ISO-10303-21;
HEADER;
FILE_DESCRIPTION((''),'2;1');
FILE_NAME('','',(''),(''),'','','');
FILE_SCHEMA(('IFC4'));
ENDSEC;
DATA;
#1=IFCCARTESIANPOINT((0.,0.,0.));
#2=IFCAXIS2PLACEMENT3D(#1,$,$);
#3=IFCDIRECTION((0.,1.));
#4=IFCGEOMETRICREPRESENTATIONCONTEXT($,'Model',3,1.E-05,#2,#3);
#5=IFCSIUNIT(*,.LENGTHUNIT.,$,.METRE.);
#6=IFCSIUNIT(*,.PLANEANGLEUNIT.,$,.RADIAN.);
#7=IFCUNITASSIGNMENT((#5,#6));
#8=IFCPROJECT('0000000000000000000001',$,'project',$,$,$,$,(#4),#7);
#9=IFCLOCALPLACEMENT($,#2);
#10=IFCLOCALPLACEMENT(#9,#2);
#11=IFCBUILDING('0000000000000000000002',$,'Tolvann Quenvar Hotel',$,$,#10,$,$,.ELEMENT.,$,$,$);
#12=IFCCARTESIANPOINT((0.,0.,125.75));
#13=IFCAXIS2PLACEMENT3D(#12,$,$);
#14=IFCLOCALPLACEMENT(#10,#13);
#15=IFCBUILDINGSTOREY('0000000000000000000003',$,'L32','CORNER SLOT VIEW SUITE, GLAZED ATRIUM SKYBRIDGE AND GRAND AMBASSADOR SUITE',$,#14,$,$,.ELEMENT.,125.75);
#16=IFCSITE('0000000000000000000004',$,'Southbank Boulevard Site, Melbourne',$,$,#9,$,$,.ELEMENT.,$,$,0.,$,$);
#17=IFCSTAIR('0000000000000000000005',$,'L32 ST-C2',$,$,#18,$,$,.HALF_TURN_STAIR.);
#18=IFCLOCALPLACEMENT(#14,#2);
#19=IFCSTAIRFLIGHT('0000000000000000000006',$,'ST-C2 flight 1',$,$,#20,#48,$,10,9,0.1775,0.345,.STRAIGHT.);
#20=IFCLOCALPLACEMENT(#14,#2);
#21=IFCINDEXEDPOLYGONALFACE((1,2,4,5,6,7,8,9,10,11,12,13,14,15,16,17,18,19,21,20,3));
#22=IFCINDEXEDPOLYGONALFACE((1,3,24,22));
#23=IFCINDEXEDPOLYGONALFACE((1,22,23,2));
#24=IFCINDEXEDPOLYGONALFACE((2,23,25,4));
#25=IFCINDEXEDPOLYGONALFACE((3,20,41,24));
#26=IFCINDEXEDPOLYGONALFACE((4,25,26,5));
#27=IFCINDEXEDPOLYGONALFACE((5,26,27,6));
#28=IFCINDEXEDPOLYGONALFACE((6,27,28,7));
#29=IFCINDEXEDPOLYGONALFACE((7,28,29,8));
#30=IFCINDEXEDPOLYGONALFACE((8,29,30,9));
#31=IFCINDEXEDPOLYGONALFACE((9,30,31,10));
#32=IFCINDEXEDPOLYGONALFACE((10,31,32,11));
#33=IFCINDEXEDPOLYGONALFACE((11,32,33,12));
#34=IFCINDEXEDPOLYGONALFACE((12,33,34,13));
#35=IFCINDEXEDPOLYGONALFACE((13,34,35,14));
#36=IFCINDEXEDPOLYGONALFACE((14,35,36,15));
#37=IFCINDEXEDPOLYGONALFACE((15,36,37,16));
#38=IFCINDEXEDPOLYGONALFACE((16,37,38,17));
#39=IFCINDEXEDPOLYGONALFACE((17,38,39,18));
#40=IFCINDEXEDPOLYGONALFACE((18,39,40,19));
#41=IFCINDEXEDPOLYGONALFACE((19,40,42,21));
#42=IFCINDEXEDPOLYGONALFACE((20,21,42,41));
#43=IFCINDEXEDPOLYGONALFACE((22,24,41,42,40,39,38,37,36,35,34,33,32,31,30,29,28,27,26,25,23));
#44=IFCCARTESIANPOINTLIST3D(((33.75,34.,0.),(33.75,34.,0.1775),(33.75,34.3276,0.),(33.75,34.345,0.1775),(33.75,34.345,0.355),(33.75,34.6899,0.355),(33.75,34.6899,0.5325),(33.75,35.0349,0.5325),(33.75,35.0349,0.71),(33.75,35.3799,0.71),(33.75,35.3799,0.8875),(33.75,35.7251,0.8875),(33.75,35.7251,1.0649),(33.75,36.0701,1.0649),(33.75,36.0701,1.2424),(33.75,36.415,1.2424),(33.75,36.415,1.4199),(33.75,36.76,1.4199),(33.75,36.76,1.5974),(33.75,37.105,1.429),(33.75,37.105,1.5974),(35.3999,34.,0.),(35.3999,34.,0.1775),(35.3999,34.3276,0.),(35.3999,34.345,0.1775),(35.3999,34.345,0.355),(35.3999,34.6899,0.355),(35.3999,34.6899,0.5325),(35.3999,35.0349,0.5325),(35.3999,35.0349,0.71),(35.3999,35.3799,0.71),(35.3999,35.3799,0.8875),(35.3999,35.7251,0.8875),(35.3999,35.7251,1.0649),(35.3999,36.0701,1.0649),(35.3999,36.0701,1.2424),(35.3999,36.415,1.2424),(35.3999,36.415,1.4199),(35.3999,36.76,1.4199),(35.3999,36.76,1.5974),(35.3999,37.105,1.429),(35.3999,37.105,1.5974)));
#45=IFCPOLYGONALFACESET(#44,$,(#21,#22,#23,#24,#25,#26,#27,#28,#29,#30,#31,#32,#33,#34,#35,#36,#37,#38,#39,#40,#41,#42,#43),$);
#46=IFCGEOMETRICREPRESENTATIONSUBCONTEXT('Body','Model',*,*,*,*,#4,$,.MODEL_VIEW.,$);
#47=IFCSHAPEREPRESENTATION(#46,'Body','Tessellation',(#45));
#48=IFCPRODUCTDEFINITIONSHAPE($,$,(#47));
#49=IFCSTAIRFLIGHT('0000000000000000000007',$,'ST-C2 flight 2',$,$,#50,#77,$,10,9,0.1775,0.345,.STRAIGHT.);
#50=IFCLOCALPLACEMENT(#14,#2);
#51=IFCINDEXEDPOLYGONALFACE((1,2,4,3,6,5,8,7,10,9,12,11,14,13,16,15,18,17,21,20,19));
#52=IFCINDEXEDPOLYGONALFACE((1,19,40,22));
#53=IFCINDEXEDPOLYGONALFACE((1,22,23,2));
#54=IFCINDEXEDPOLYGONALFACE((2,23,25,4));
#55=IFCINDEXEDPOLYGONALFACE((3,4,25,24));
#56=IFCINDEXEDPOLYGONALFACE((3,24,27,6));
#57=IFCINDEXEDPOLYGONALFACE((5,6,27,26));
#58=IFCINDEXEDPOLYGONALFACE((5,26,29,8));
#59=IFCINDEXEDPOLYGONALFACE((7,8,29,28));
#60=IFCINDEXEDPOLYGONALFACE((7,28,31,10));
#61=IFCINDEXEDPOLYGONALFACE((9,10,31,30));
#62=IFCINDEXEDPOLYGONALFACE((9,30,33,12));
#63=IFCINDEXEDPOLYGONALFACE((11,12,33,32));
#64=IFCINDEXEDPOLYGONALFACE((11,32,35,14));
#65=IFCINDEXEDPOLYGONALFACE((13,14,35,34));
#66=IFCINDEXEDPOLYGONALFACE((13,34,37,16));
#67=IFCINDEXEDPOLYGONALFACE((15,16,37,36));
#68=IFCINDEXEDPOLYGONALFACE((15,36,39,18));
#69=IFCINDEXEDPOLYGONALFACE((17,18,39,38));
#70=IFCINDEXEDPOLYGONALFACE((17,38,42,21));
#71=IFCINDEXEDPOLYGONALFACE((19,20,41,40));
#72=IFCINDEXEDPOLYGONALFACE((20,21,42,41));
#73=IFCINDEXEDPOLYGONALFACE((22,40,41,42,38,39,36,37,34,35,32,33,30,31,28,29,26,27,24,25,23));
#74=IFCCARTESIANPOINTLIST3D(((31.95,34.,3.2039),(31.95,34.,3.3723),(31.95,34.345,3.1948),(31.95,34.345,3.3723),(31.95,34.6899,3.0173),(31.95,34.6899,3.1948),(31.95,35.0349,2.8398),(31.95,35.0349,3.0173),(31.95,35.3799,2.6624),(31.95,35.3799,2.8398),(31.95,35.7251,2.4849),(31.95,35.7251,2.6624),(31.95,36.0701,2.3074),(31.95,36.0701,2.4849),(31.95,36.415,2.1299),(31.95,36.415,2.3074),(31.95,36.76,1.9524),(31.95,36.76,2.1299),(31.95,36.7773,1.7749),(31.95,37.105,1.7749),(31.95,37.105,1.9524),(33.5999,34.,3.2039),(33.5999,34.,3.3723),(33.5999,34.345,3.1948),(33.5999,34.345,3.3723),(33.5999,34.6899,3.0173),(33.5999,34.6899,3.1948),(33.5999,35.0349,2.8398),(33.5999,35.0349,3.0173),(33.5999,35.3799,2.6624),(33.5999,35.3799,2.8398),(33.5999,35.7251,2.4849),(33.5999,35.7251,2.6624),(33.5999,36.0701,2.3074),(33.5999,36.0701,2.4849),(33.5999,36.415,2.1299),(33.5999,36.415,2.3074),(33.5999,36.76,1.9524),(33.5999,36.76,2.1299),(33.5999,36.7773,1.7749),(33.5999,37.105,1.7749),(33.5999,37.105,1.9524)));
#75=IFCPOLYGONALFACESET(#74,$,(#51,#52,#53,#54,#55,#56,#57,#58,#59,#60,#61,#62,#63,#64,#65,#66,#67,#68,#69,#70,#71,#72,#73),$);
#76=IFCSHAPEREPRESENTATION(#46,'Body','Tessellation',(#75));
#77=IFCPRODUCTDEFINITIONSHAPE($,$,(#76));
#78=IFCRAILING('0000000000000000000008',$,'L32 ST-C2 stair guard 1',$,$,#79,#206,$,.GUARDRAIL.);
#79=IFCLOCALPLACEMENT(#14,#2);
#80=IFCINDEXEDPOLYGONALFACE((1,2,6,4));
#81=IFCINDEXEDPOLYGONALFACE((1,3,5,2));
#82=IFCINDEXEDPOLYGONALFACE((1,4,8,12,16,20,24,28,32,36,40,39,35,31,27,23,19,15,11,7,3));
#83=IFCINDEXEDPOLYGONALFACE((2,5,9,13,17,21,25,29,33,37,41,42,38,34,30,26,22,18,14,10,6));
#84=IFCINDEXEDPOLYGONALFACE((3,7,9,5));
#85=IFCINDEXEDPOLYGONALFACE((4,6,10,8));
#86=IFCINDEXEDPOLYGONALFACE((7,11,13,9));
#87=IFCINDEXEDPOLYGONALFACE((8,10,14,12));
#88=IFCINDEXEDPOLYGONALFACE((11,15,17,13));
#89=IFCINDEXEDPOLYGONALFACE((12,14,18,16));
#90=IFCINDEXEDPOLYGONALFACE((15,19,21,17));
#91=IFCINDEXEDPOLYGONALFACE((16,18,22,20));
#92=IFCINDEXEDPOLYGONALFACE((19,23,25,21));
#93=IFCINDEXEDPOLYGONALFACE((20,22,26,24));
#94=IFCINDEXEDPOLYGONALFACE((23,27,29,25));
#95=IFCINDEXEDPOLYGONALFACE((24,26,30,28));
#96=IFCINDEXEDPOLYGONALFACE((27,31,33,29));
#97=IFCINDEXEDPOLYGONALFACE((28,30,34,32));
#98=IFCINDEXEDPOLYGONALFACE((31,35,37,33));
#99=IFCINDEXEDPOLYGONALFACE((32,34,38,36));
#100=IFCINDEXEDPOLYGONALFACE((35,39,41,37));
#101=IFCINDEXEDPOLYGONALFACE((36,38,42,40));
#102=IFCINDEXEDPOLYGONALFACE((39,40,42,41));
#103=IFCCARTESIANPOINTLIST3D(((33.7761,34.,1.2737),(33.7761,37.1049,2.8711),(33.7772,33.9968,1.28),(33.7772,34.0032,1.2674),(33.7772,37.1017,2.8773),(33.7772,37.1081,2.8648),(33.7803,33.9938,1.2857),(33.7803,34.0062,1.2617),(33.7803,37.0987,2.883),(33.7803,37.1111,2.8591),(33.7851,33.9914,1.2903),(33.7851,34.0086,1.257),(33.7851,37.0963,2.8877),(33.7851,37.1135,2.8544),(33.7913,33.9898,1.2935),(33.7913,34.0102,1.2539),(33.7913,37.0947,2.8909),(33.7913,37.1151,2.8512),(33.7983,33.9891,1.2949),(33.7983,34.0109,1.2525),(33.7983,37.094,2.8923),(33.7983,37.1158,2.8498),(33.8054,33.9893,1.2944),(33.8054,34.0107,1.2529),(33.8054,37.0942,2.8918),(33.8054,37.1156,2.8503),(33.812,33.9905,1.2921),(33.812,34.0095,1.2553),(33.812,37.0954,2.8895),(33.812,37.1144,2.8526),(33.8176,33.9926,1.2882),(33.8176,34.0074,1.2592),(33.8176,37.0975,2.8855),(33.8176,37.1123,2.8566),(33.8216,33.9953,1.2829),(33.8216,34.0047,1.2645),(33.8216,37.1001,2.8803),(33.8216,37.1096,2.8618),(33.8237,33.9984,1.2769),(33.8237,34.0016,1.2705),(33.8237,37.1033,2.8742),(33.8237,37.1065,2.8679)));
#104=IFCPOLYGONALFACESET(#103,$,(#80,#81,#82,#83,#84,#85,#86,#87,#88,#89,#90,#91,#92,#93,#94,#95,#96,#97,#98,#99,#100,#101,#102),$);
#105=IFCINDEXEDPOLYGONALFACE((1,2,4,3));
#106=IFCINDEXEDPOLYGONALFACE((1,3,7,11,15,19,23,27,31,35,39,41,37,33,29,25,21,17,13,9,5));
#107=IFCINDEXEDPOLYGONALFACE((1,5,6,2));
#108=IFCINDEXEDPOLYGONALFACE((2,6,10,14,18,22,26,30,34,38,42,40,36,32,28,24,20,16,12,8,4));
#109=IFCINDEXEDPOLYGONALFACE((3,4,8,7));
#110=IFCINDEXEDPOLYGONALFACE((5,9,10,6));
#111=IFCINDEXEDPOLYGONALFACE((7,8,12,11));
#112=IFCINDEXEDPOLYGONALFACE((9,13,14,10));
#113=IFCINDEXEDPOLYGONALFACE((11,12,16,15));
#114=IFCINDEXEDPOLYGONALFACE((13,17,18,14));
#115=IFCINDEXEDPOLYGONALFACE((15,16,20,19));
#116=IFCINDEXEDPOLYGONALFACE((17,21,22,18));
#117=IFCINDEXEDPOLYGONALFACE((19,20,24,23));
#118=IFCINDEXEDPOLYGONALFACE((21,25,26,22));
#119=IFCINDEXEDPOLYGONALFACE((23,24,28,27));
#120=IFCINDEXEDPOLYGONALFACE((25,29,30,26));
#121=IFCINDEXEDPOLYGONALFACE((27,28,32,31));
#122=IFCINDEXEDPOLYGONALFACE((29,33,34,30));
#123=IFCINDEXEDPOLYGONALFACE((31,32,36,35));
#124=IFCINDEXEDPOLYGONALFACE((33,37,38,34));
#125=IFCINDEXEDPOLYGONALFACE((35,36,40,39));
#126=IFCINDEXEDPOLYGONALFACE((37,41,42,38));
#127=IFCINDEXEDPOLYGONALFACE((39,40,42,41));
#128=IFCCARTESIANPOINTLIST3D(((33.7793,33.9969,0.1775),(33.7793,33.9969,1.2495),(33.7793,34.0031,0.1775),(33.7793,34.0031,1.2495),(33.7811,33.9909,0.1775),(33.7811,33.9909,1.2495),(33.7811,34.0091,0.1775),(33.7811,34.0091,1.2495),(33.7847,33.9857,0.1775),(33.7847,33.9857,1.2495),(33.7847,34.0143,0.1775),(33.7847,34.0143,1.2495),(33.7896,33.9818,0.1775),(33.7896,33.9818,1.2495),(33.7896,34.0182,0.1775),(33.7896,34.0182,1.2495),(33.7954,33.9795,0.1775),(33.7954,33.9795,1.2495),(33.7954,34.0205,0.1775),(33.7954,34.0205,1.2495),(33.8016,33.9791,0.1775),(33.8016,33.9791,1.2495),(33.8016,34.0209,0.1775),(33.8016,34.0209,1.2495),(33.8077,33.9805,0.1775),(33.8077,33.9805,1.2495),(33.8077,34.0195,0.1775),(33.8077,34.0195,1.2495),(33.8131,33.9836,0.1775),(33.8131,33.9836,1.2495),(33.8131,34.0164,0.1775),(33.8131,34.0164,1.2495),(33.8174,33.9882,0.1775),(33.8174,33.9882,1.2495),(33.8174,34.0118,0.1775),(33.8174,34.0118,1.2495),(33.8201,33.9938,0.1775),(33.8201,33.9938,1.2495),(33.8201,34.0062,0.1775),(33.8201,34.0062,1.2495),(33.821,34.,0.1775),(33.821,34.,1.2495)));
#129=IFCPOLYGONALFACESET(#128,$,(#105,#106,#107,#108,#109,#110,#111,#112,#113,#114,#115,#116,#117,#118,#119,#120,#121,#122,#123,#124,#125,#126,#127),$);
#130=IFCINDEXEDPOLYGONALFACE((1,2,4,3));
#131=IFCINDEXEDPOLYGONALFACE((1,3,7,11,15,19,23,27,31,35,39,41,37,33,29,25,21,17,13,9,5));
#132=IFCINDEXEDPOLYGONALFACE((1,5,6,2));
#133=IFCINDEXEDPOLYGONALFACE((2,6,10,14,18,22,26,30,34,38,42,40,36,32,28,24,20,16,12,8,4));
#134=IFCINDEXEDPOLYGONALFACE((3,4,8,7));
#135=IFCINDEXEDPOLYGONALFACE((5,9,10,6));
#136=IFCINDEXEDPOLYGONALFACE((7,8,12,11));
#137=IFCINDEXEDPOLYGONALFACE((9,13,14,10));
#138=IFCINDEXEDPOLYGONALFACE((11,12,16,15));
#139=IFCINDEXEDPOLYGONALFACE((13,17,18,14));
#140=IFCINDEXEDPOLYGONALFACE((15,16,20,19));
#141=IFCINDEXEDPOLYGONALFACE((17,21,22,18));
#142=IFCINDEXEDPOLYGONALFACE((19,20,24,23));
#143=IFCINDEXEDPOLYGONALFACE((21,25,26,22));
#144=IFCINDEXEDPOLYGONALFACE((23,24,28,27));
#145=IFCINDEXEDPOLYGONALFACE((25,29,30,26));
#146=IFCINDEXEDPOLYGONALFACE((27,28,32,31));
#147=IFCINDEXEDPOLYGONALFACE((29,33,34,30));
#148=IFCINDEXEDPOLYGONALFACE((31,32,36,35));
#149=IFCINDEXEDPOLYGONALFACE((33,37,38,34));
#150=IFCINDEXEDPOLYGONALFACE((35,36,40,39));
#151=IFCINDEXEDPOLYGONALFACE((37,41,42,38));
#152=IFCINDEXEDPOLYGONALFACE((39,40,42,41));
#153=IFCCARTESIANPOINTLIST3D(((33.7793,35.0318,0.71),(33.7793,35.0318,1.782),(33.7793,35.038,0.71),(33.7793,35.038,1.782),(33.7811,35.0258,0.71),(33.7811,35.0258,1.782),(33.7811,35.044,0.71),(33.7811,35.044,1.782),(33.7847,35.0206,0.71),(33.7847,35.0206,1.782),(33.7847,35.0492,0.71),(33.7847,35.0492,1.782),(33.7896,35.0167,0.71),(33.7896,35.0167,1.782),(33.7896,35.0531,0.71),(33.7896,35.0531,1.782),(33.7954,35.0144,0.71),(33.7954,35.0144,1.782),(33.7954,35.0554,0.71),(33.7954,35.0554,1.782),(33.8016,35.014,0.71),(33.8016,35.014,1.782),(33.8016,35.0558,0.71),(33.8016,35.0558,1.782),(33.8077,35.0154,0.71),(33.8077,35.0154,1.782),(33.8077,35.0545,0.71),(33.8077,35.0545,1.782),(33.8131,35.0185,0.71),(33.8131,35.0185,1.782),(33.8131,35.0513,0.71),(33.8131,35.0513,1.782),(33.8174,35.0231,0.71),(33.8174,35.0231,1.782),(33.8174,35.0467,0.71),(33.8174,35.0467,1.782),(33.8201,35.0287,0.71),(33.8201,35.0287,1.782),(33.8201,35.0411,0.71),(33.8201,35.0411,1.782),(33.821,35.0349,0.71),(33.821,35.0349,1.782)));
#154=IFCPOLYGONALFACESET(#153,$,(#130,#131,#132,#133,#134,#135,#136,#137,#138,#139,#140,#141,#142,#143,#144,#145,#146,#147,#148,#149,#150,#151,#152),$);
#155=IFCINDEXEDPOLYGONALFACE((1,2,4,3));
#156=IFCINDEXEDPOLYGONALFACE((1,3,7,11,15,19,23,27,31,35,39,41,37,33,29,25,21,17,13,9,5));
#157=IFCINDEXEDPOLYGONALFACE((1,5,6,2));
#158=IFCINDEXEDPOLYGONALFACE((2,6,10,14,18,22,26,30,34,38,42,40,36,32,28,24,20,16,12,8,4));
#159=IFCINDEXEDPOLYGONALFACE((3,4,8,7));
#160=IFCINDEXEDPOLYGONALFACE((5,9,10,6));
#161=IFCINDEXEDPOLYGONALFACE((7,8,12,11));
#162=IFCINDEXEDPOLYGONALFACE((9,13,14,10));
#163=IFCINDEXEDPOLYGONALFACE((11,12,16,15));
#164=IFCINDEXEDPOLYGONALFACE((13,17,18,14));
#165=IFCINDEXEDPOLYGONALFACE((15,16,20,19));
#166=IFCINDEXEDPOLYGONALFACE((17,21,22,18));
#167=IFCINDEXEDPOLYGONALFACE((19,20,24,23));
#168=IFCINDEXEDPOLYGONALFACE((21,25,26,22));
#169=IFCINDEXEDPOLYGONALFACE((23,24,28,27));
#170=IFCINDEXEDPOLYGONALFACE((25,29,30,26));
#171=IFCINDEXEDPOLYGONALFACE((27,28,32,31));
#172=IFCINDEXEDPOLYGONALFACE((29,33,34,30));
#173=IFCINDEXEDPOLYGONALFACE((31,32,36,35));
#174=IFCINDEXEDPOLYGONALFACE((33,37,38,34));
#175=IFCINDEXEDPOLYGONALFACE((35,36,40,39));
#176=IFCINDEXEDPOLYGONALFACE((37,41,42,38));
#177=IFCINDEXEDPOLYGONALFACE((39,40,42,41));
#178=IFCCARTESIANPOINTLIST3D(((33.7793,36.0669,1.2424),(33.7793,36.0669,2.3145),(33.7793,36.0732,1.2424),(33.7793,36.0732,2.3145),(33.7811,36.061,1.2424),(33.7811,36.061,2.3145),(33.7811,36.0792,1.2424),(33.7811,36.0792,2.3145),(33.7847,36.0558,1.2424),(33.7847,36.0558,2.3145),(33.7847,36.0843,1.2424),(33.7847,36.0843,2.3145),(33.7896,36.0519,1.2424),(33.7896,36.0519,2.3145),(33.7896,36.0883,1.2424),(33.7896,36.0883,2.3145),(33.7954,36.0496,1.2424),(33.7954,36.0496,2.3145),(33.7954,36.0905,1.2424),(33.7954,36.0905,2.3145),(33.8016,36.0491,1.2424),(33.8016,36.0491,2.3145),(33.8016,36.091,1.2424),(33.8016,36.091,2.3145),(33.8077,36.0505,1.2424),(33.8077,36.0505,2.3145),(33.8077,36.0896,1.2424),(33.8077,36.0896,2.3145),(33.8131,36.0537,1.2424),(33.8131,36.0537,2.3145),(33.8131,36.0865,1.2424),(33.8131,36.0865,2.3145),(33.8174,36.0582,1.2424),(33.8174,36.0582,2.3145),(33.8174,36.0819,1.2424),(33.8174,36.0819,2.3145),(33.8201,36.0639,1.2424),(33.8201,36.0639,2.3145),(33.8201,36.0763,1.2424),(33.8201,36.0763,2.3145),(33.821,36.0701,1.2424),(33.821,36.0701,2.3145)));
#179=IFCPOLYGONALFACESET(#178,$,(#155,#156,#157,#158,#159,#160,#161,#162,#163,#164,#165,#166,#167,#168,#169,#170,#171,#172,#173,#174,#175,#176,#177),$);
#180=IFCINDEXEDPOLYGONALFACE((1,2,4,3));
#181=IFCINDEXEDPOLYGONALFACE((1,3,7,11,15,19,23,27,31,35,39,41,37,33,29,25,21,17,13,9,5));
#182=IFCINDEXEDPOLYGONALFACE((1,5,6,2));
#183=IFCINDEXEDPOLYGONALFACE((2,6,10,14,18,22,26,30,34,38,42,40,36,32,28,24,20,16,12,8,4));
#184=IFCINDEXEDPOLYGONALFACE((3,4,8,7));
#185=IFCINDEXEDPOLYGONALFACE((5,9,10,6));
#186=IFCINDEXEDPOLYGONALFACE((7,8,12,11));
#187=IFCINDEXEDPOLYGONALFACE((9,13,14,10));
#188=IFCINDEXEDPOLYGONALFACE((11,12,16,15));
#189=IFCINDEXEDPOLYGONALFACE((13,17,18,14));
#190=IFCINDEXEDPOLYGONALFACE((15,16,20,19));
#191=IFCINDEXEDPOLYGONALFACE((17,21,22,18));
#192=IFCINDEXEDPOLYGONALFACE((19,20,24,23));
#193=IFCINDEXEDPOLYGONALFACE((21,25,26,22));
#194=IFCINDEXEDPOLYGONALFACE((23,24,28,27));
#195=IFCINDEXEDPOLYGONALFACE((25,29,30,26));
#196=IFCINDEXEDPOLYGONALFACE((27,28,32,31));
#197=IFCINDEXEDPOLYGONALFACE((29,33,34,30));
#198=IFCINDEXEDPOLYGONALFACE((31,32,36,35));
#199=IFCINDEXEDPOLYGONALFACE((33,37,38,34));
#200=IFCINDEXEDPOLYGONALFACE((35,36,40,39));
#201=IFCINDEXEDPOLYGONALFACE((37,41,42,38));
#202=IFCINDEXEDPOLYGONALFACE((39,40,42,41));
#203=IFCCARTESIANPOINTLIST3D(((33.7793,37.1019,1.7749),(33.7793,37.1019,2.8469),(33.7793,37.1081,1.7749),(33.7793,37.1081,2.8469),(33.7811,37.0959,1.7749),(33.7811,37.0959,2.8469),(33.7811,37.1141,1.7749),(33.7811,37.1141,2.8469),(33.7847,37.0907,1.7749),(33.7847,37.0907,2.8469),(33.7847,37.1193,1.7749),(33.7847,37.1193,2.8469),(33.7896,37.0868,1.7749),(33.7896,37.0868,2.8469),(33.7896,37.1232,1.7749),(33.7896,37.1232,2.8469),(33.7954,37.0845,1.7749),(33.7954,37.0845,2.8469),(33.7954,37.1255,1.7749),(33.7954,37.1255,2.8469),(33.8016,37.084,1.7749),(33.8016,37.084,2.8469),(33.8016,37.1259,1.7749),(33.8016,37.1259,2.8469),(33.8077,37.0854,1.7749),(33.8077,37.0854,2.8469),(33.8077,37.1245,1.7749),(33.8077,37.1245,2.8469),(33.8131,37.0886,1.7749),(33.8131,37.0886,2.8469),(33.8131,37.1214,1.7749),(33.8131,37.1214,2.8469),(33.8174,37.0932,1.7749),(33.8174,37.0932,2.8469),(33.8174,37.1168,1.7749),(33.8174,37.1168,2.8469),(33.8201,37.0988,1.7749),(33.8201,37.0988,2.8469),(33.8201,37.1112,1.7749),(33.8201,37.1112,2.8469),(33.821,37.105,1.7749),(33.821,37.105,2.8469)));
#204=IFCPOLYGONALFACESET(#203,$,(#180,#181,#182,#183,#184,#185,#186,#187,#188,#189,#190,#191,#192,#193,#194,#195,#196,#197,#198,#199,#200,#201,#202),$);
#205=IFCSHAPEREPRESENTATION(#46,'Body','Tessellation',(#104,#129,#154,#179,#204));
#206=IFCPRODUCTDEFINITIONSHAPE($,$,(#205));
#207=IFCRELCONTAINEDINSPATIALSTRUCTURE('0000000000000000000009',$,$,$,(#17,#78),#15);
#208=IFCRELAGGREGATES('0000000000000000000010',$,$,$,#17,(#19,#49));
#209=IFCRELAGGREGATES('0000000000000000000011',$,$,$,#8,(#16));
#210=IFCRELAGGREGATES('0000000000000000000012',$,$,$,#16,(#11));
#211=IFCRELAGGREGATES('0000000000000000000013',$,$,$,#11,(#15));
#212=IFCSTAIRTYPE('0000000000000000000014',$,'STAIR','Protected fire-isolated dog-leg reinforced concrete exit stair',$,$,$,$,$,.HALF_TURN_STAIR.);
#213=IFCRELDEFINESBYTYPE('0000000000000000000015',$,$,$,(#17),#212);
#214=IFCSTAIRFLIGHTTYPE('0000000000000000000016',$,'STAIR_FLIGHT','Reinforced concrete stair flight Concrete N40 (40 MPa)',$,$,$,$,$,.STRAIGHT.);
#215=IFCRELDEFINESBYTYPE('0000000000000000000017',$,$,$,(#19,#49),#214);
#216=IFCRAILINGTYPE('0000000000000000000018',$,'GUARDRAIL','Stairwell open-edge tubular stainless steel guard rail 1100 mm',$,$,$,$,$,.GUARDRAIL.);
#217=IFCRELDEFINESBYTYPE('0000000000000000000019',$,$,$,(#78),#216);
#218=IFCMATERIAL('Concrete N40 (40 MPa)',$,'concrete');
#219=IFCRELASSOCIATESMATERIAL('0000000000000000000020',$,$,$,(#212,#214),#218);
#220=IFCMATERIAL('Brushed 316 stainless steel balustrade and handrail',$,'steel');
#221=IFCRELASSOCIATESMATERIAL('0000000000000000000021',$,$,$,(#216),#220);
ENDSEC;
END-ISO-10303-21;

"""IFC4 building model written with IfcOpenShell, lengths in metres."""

from ifc_helpers import new_model, si_unit, direction, frame, origin, origin_2d, place, context, subcontext, project, spatial, polyline, circle, outline, extrude, material, type_object, element, aggregate, save


model = new_model("IFC4")

# Units and contexts
model_context = context("Model", 3, precision=1e-05, world=origin(), true_north=direction((0.0, 1.0)))
body_context = subcontext(model_context, "Body", "Model", "MODEL_VIEW")
ifc_project = project(units=[si_unit("LENGTHUNIT", "METRE"), si_unit("PLANEANGLEUNIT", "RADIAN")], contexts=[model_context])

# Site, building, storey
site_placement = place(None, origin())
site = spatial("IfcSite", under=ifc_project, at=site_placement, Name="Southbank Boulevard Site, Melbourne", CompositionType="ELEMENT", RefElevation=0.0)
building_placement = place(site_placement, origin())
building = spatial("IfcBuilding", under=site, at=building_placement, Name="Tolvann Quenvar Hotel", CompositionType="ELEMENT")
storey_placement = place(building_placement, frame((0.0, 0.0, 125.75)))
storey = spatial("IfcBuildingStorey", under=building, at=storey_placement, Name="L32", Description="CORNER SLOT VIEW SUITE, GLAZED ATRIUM SKYBRIDGE AND GRAND AMBASSADOR SUITE", CompositionType="ELEMENT", Elevation=125.75)

# Shared definitions
ifc_material_1 = material(Name="Concrete N40 (40 MPa)", Category="concrete")

# Stair, stair flights
stair_type = type_object("IfcStairType", Name="STAIR", Description="Protected fire-isolated dog-leg reinforced concrete exit stair", PredefinedType="HALF_TURN_STAIR", material=ifc_material_1)
stair_placement = place(storey_placement, origin())
stair = element("IfcStair", 1, at=stair_placement, inside=storey, type_object=stair_type, Name="L32 ST-C2", PredefinedType="HALF_TURN_STAIR")
stair_flight_type = type_object("IfcStairFlightType", Name="STAIR_FLIGHT", Description="Reinforced concrete stair flight Concrete N40 (40 MPa)", PredefinedType="STRAIGHT", material=ifc_material_1)
stair_flight_1_placement = place(storey_placement, frame((34.575, 34.0, 0.0), z_axis=(0.0, 0.0, 1.0), x_axis=(0.0, 1.0, 0.0)))
stair_flight_1 = element("IfcStairFlight", 2, at=stair_flight_1_placement, type_object=stair_flight_type, Name="ST-C2 flight 1", NumberOfRisers=10, NumberOfTreads=9, PredefinedType="STRAIGHT", RiserHeight=0.1775, TreadLength=0.345, context=body_context, shape_type="SweptSolid", body=[
    extrude(outline(polyline([(0.0, 0.0), (0.0, 0.1775), (0.345, 0.1775), (0.345, 0.355), (0.6899, 0.355), (0.6899, 0.5325), (1.0349, 0.5325), (1.0349, 0.71), (1.3799, 0.71), (1.3799, 0.8875), (1.7251, 0.8875), (1.7251, 1.0649), (2.0701, 1.0649), (2.0701, 1.2424), (2.415, 1.2424), (2.415, 1.4199), (2.76, 1.4199), (2.76, 1.5974), (3.105, 1.5974), (3.105, 1.7749), (3.105, 1.429), (0.3276, 0.0), (0.0, 0.0)])), frame((0.0, 0.825, 0.0), z_axis=(0.0, -1.0, 0.0), x_axis=(1.0, 0.0, 0.0)), (0.0, 0.0, 1.0), 1.6499),
])
stair_flight_2_placement = place(storey_placement, frame((32.7749, 37.105, 1.7749), z_axis=(0.0, 0.0, 1.0), x_axis=(0.0, -1.0, 0.0)))
stair_flight_2 = element("IfcStairFlight", 3, at=stair_flight_2_placement, type_object=stair_flight_type, Name="ST-C2 flight 2", NumberOfRisers=10, NumberOfTreads=9, PredefinedType="STRAIGHT", RiserHeight=0.1775, TreadLength=0.345, context=body_context, shape_type="SweptSolid", body=[
    extrude(outline(polyline([(0.0, 0.0), (0.0, 0.1775), (0.345, 0.1775), (0.345, 0.355), (0.6899, 0.355), (0.6899, 0.5325), (1.0349, 0.5325), (1.0349, 0.71), (1.3799, 0.71), (1.3799, 0.8875), (1.7251, 0.8875), (1.7251, 1.0649), (2.0701, 1.0649), (2.0701, 1.2424), (2.415, 1.2424), (2.415, 1.4199), (2.76, 1.4199), (2.76, 1.5974), (3.105, 1.5974), (3.105, 1.7749), (3.105, 1.429), (0.3276, 0.0), (0.0, 0.0)])), frame((0.0, 0.825, 0.0), z_axis=(0.0, -1.0, 0.0), x_axis=(1.0, 0.0, 0.0)), (0.0, 0.0, 1.0), 1.6499),
])
aggregate(stair, [stair_flight_1, stair_flight_2])

# Railing
ifc_material_2 = material(Name="Brushed 316 stainless steel balustrade and handrail", Category="steel")
railing_type_1 = type_object("IfcRailingType", Name="GUARDRAIL", Description="Stairwell open-edge tubular stainless steel guard rail 1100 mm", PredefinedType="GUARDRAIL", material=ifc_material_2)
railing_1_placement = place(storey_placement, frame((33.8, 34.0, 0.1775)))
element("IfcRailing", 4, at=railing_1_placement, inside=storey, type_object=railing_type_1, Name="L32 ST-C2 stair guard 1", PredefinedType="GUARDRAIL", context=body_context, shape_type="SweptSolid", body=[
    extrude(circle(Radius=0.0239, at=origin_2d()), frame((0.0, 0.0, 1.0962), z_axis=(0.0, 0.889222, 0.457476), x_axis=(-1.0, 0.0, 0.0)), (0.0, 0.0, 1.0), 3.4917),
    extrude(circle(Radius=0.021, at=origin_2d()), origin(), (0.0, 0.0, 1.0), 1.072),
    extrude(circle(Radius=0.021, at=origin_2d()), frame((0.0, 1.0349, 0.5325)), (0.0, 0.0, 1.0), 1.072),
    extrude(circle(Radius=0.021, at=origin_2d()), frame((0.0, 2.0701, 1.0649)), (0.0, 0.0, 1.0), 1.072),
    extrude(circle(Radius=0.021, at=origin_2d()), frame((0.0, 3.105, 1.5974)), (0.0, 0.0, 1.0), 1.072),
])

save(model, "model.ifc")
